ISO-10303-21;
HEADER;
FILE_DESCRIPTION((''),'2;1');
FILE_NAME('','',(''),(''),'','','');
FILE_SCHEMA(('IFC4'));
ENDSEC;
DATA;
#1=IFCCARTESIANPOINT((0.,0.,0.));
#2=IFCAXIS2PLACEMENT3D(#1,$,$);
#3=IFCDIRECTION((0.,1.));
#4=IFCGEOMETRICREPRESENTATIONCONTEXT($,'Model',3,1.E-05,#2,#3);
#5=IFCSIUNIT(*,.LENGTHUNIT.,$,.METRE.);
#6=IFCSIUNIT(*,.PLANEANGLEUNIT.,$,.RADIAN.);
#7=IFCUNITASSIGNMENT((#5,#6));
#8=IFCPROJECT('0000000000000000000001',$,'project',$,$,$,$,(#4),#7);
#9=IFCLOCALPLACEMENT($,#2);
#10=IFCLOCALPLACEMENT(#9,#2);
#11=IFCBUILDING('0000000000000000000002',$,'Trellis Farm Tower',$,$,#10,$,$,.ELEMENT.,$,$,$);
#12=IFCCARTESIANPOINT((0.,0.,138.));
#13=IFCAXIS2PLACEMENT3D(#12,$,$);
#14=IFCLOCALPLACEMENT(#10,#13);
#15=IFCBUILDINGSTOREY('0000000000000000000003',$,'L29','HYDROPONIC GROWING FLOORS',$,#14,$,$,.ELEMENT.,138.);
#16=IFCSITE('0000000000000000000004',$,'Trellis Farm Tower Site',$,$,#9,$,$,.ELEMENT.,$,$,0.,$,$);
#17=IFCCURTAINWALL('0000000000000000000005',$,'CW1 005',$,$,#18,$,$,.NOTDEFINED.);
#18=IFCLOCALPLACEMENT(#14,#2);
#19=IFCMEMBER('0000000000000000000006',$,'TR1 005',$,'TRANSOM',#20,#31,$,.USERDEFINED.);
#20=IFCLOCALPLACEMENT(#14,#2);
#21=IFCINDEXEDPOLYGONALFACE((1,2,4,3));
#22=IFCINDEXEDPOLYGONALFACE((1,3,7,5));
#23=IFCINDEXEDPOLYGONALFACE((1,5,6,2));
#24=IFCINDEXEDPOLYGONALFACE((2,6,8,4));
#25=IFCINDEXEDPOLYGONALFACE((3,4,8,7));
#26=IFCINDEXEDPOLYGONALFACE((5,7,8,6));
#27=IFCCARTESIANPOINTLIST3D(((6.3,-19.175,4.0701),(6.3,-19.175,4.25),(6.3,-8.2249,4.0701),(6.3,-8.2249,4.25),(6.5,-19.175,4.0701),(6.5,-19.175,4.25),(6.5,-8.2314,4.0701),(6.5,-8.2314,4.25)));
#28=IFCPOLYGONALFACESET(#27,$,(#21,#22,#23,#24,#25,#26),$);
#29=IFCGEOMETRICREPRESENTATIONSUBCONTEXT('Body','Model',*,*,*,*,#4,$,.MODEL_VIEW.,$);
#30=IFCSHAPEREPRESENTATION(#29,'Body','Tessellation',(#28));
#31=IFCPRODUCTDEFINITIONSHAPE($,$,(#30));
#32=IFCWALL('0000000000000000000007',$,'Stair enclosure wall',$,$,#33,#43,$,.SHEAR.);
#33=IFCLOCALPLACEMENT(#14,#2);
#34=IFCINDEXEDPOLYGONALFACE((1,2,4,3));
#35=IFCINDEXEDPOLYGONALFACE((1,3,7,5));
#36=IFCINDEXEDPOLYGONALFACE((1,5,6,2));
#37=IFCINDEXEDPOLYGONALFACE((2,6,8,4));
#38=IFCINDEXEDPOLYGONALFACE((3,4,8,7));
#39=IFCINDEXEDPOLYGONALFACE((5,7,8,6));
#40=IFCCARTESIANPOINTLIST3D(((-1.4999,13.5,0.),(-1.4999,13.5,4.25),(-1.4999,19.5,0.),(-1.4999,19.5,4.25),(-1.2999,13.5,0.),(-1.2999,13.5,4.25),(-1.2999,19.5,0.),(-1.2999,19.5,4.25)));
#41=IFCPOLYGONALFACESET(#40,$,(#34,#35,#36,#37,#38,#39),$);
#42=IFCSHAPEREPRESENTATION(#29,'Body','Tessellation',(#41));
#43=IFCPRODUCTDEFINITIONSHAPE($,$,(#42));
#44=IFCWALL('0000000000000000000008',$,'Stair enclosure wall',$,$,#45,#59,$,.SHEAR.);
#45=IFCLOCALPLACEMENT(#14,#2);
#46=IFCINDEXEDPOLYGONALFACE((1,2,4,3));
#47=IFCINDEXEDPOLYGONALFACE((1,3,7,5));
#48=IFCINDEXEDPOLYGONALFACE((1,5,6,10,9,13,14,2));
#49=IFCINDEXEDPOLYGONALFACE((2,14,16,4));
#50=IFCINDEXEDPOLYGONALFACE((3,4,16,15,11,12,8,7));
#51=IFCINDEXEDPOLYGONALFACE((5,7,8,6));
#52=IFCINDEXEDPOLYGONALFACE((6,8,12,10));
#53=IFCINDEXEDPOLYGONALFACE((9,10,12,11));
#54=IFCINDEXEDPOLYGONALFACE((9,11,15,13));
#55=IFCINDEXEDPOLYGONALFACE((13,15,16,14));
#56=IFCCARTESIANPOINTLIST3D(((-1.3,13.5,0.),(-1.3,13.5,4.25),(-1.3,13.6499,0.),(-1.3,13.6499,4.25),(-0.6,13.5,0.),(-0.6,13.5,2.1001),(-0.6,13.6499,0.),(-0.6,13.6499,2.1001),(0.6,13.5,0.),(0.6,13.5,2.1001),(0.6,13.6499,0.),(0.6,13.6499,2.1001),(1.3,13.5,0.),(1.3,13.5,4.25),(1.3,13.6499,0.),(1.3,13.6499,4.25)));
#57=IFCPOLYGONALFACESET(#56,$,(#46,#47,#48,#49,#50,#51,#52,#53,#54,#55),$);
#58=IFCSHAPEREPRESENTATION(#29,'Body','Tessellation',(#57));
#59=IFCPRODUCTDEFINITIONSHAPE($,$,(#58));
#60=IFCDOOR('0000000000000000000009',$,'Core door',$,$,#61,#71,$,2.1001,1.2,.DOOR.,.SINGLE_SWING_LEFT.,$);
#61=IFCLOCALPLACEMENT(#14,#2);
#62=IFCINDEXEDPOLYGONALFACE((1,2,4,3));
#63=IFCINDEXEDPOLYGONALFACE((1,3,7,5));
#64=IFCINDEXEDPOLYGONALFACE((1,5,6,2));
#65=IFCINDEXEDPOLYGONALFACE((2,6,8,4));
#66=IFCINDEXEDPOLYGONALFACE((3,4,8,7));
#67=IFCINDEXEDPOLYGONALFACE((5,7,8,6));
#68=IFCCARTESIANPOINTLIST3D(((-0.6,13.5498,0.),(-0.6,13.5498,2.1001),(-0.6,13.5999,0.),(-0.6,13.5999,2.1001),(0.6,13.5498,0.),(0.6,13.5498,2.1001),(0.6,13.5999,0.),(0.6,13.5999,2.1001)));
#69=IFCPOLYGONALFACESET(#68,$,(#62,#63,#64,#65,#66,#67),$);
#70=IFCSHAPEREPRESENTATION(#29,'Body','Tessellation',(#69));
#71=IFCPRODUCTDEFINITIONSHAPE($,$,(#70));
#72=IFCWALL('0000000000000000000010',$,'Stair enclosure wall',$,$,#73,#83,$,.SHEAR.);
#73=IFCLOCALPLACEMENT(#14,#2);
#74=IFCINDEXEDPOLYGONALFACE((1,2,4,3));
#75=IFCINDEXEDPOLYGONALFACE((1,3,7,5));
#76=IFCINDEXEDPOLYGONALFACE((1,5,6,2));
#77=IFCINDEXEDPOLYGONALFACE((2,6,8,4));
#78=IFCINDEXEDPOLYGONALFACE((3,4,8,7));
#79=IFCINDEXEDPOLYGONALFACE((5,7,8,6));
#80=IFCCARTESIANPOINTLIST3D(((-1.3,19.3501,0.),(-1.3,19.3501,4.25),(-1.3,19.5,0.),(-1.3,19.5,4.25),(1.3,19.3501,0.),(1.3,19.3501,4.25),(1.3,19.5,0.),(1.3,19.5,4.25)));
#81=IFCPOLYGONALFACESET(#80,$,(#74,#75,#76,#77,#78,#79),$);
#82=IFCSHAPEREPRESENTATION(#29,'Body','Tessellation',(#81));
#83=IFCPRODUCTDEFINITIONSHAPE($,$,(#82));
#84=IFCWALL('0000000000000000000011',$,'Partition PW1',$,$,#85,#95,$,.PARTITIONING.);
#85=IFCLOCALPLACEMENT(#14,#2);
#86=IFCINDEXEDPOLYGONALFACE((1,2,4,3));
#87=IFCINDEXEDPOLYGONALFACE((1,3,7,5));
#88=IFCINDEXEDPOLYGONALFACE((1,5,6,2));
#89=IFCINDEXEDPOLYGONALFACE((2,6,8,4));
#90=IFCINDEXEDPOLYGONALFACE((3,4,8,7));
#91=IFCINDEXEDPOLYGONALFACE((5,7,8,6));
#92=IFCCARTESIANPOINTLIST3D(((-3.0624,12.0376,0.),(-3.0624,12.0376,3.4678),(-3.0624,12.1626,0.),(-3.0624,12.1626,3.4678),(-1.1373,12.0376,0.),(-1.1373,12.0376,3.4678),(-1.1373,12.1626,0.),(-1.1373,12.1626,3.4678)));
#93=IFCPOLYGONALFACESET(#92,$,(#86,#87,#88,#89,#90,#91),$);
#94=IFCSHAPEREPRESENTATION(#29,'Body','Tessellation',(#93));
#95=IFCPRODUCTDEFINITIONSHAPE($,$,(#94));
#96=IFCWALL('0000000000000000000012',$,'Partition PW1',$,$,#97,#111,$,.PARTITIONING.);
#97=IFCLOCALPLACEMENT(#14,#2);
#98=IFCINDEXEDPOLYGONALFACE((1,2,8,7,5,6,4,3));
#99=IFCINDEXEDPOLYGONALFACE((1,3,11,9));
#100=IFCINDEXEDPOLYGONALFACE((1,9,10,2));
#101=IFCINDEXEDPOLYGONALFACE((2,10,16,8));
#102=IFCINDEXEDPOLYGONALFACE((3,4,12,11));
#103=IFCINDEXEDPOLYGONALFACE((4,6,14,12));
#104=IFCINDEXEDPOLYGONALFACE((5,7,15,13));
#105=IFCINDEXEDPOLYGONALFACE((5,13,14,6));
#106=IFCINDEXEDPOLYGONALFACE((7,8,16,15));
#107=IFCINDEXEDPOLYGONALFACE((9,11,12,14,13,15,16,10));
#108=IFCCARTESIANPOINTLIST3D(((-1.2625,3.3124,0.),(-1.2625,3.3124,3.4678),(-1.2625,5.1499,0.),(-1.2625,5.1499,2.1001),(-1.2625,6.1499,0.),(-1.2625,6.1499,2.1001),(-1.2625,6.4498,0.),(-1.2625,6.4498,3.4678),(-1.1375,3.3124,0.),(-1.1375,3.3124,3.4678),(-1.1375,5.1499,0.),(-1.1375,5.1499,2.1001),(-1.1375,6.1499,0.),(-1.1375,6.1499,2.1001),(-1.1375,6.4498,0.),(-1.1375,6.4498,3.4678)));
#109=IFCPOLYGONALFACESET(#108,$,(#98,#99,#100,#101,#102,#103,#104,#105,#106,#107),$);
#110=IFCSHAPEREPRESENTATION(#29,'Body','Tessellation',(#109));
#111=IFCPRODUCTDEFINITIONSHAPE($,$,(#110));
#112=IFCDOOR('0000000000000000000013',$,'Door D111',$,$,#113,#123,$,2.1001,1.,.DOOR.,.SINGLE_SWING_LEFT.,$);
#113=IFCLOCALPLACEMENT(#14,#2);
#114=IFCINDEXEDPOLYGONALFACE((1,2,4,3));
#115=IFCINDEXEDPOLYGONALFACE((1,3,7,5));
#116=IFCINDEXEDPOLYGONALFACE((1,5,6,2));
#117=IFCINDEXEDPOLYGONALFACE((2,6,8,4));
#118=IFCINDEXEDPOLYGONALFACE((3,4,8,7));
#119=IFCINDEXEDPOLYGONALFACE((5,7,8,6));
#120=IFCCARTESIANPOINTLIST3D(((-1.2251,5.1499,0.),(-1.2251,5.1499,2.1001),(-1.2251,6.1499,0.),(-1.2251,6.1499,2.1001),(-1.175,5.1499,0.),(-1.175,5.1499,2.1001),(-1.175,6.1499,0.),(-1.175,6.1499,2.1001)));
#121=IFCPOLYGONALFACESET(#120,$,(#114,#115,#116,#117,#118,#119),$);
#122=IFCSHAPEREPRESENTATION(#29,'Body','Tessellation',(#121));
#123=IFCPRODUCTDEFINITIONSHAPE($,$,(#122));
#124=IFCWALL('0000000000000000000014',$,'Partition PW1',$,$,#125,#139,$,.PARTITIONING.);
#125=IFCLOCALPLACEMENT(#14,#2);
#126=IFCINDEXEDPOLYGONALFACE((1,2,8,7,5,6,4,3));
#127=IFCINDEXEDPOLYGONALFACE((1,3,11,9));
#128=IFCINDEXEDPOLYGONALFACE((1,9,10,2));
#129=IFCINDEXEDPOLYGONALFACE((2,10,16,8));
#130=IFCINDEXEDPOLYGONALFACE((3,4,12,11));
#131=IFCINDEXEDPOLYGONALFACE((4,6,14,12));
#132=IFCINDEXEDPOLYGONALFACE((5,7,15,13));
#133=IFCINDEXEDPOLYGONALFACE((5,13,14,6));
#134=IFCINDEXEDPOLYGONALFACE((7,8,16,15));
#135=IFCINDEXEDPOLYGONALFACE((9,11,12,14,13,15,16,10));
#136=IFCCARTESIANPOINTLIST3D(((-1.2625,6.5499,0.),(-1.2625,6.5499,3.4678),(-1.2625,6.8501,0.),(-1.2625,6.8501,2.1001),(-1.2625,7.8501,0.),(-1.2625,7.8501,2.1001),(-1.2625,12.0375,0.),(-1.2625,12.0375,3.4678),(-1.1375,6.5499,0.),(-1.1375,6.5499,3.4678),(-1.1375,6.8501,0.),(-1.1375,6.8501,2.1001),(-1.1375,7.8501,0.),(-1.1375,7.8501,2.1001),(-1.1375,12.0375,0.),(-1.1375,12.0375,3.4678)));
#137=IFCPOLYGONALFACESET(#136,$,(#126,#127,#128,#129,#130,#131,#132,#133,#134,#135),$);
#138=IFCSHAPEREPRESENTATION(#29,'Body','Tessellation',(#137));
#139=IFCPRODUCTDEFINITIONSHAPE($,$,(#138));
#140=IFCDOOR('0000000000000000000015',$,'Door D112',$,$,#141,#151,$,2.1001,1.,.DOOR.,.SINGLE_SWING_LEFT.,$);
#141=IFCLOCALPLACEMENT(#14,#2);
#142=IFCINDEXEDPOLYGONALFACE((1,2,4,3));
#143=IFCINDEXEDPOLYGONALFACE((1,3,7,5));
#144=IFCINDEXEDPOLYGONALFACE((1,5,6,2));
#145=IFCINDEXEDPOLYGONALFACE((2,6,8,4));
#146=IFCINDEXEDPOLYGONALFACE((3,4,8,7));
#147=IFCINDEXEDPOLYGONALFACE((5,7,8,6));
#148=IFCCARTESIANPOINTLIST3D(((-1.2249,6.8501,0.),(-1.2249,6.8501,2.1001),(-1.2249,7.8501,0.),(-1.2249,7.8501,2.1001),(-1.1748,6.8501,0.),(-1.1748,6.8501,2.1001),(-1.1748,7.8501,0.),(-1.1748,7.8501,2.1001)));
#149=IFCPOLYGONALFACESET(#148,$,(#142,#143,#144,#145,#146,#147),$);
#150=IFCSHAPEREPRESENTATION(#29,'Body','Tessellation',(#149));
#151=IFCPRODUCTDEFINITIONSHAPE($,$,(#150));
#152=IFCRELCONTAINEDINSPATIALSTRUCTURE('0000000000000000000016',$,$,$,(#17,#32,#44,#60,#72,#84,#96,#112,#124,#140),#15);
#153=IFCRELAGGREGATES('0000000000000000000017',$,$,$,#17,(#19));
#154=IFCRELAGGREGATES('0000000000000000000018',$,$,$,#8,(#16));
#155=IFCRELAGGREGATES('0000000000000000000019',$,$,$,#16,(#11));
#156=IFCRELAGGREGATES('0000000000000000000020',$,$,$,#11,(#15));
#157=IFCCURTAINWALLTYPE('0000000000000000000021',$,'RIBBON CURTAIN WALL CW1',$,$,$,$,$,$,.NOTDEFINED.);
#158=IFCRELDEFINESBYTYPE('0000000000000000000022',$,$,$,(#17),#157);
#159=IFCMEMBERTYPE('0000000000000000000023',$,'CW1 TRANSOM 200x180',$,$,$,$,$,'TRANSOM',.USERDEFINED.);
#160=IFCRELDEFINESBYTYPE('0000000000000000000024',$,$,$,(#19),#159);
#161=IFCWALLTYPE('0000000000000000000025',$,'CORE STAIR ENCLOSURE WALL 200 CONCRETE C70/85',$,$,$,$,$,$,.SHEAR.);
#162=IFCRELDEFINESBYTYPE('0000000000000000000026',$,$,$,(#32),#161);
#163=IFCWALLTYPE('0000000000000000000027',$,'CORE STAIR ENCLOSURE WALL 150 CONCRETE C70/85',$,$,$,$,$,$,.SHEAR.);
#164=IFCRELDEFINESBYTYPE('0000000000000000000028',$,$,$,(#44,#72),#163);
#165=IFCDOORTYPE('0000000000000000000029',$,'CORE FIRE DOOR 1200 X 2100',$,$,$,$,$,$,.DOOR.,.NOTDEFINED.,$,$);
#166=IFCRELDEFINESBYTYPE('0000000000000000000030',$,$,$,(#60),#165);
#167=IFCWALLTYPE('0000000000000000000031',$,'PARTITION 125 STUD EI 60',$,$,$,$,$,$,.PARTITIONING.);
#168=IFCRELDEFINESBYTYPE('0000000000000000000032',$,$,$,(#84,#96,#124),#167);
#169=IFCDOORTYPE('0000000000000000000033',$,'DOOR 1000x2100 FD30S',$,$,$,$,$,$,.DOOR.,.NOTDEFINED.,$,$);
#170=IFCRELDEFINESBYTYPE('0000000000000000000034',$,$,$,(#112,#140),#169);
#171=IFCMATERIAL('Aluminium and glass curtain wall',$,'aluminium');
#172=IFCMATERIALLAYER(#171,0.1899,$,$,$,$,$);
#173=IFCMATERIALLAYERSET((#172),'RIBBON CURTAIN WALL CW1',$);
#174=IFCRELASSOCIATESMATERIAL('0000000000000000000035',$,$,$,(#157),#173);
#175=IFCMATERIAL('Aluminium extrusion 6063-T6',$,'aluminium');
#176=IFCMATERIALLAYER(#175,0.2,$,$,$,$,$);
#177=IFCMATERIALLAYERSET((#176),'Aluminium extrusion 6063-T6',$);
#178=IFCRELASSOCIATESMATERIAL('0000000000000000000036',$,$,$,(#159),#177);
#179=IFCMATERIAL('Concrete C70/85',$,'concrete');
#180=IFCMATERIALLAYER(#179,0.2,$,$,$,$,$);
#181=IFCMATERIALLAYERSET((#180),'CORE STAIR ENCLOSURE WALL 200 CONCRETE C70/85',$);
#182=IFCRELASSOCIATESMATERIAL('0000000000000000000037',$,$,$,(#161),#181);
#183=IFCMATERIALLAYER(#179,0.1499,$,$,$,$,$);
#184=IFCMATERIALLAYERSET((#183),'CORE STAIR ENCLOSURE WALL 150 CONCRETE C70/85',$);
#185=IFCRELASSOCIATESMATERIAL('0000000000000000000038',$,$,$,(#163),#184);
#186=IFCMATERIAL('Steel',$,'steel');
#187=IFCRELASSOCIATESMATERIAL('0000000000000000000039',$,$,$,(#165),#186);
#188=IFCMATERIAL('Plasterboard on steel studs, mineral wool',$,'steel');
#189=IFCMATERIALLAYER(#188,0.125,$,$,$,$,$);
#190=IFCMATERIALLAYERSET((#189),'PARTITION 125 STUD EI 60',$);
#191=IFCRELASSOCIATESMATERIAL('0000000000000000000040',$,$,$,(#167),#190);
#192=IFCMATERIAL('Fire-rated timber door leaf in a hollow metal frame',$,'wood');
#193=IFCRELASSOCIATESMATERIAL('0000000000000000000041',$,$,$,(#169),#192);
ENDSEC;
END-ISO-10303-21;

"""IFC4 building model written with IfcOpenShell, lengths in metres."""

from ifc_helpers import new_model, si_unit, direction, frame, frame_2d, origin, place, context, subcontext, project, spatial, polyline, rectangle, outline, extrude, source, transform, mapped, material, layer, layer_set, type_object, element, fill, aggregate, save


model = new_model("IFC4")

# Units and contexts
model_context = context("Model", 3, precision=1e-05, world=origin(), true_north=direction((0.0, 1.0)))
body_context = subcontext(model_context, "Body", "Model", "MODEL_VIEW")
ifc_project = project(units=[si_unit("LENGTHUNIT", "METRE"), si_unit("PLANEANGLEUNIT", "RADIAN")], contexts=[model_context])

# Site, building, storey
site_placement = place(None, origin())
site = spatial("IfcSite", under=ifc_project, at=site_placement, Name="Trellis Farm Tower Site", CompositionType="ELEMENT", RefElevation=0.0)
building_placement = place(site_placement, origin())
building = spatial("IfcBuilding", under=site, at=building_placement, Name="Trellis Farm Tower", CompositionType="ELEMENT")
storey_placement = place(building_placement, frame((0.0, 0.0, 138.0)))
storey = spatial("IfcBuildingStorey", under=building, at=storey_placement, Name="L29", Description="HYDROPONIC GROWING FLOORS", CompositionType="ELEMENT", Elevation=138.0)

# Curtain wall, member
ifc_material_1 = material(Name="Aluminium and glass curtain wall", Category="aluminium")
ifc_layer_1 = layer(ifc_material_1, 0.1899)
ifc_layer_set_1 = layer_set([ifc_layer_1], Name="RIBBON CURTAIN WALL CW1")
curtain_wall_type = type_object("IfcCurtainWallType", Name="RIBBON CURTAIN WALL CW1", PredefinedType="NOTDEFINED", material=ifc_layer_set_1)
placement = place(storey_placement, origin())
curtain_wall = element("IfcCurtainWall", 1, at=placement, inside=storey, type_object=curtain_wall_type, Name="CW1 005", PredefinedType="NOTDEFINED")
ifc_material_2 = material(Name="Aluminium extrusion 6063-T6", Category="aluminium")
ifc_layer_2 = layer(ifc_material_2, 0.2)
ifc_layer_set_2 = layer_set([ifc_layer_2], Name="Aluminium extrusion 6063-T6")
member_type = type_object("IfcMemberType", Name="CW1 TRANSOM 200x180", ElementType="TRANSOM", PredefinedType="USERDEFINED", material=ifc_layer_set_2)
shared_shape_1 = source(origin(), body_context, "Body", "SweptSolid", [
    extrude(outline(polyline([(6.5, -19.175), (6.5, -8.2314), (6.3, -8.2249), (6.3, -19.175), (6.5, -19.175)])), origin(), (0.0, 0.0, 1.0), 0.1799),
])
member_placement = place(storey_placement, frame((0.0, 0.0, 4.0701)))
member = element("IfcMember", 2, at=member_placement, type_object=member_type, Name="TR1 005", ObjectType="TRANSOM", PredefinedType="USERDEFINED", context=body_context, shape_type="MappedRepresentation", body=[
    mapped(shared_shape_1, transform((0.0, 0.0, 0.0))),
])
aggregate(curtain_wall, [member])

# Wall
ifc_material_3 = material(Name="Concrete C70/85", Category="concrete")
ifc_layer_3 = layer(ifc_material_3, 0.2)
ifc_layer_set_3 = layer_set([ifc_layer_3], Name="CORE STAIR ENCLOSURE WALL 200 CONCRETE C70/85")
wall_type_1 = type_object("IfcWallType", Name="CORE STAIR ENCLOSURE WALL 200 CONCRETE C70/85", PredefinedType="SHEAR", material=ifc_layer_set_3)
shared_shape_2 = source(origin(), body_context, "Body", "SweptSolid", [
    extrude(rectangle(XDim=6.0, YDim=0.2, at=frame_2d((3.0, 0.0))), origin(), (0.0, 0.0, 1.0), 4.25),
])
wall_1_placement = place(storey_placement, frame((-1.3999, 13.5, 0.0), z_axis=(0.0, 0.0, 1.0), x_axis=(0.0, 1.0, 0.0)))
element("IfcWall", 3, at=wall_1_placement, inside=storey, type_object=wall_type_1, Name="Stair enclosure wall", PredefinedType="SHEAR", context=body_context, shape_type="MappedRepresentation", body=[
    mapped(shared_shape_2, transform((0.0, 0.0, 0.0))),
])

# Wall, opening, door
ifc_layer_4 = layer(ifc_material_3, 0.1499)
ifc_layer_set_4 = layer_set([ifc_layer_4], Name="CORE STAIR ENCLOSURE WALL 150 CONCRETE C70/85")
wall_type_2 = type_object("IfcWallType", Name="CORE STAIR ENCLOSURE WALL 150 CONCRETE C70/85", PredefinedType="SHEAR", material=ifc_layer_set_4)
shared_shape_3 = source(origin(), body_context, "Body", "SweptSolid", [
    extrude(rectangle(XDim=2.6001, YDim=0.1499, at=frame_2d((1.3, 0.0))), origin(), (0.0, 0.0, 1.0), 4.25),
])
wall_2_placement = place(storey_placement, frame((-1.3, 13.575, 0.0), z_axis=(0.0, 0.0, 1.0), x_axis=(1.0, 0.0, 0.0)))
wall_2 = element("IfcWall", 4, at=wall_2_placement, inside=storey, type_object=wall_type_2, Name="Stair enclosure wall", PredefinedType="SHEAR", context=body_context, shape_type="MappedRepresentation", body=[
    mapped(shared_shape_3, transform((0.0, 0.0, 0.0))),
])
shared_shape_4 = source(origin(), body_context, "Body", "SweptSolid", [
    extrude(rectangle(XDim=1.2, YDim=2.1001, at=frame_2d((0.6001, 1.05))), frame((0.0, 0.085, 0.0), z_axis=(0.0, -1.0, 0.0), x_axis=(1.0, 0.0, 0.0)), (0.0, 0.0, 1.0), 0.1699),
])
opening_1_placement = place(wall_2_placement, frame((0.7, 0.0, 0.0)))
opening_1 = element("IfcOpeningElement", 5, at=opening_1_placement, cuts=wall_2, PredefinedType="OPENING", context=body_context, shape_type="MappedRepresentation", body=[
    mapped(shared_shape_4, transform((0.0, 0.0, 0.0))),
])
ifc_material_4 = material(Name="Steel", Category="steel")
door_type_1 = type_object("IfcDoorType", Name="CORE FIRE DOOR 1200 X 2100", OperationType="NOTDEFINED", PredefinedType="DOOR", material=ifc_material_4)
shared_shape_5 = source(origin(), body_context, "Body", "SweptSolid", [
    extrude(rectangle(XDim=1.2, YDim=2.1001, at=frame_2d((0.6001, 1.05))), frame((0.0, 0.0249, 0.0), z_axis=(0.0, -1.0, 0.0), x_axis=(1.0, 0.0, 0.0)), (0.0, 0.0, 1.0), 0.05),
])
door_1_placement = place(opening_1_placement, origin())
door_1 = element("IfcDoor", 6, at=door_1_placement, inside=storey, type_object=door_type_1, Name="Core door", OperationType="SINGLE_SWING_LEFT", OverallHeight=2.1001, OverallWidth=1.2, PredefinedType="DOOR", context=body_context, shape_type="MappedRepresentation", body=[
    mapped(shared_shape_5, transform((0.0, 0.0, 0.0))),
])
fill(opening_1, door_1)

# Walls
wall_3_placement = place(storey_placement, frame((-1.3, 19.425, 0.0), z_axis=(0.0, 0.0, 1.0), x_axis=(1.0, 0.0, 0.0)))
element("IfcWall", 7, at=wall_3_placement, inside=storey, type_object=wall_type_2, Name="Stair enclosure wall", PredefinedType="SHEAR", context=body_context, shape_type="MappedRepresentation", body=[
    mapped(shared_shape_3, transform((0.0, 0.0, 0.0))),
])
ifc_material_5 = material(Name="Plasterboard on steel studs, mineral wool", Category="steel")
ifc_layer_5 = layer(ifc_material_5, 0.125)
ifc_layer_set_5 = layer_set([ifc_layer_5], Name="PARTITION 125 STUD EI 60")
wall_type_3 = type_object("IfcWallType", Name="PARTITION 125 STUD EI 60", PredefinedType="PARTITIONING", material=ifc_layer_set_5)
shared_shape_6 = source(origin(), body_context, "Body", "SweptSolid", [
    extrude(rectangle(XDim=1.925, YDim=0.125, at=frame_2d((0.9624, 0.0))), origin(), (0.0, 0.0, 1.0), 3.4678),
])
wall_4_placement = place(storey_placement, frame((-1.1375, 12.1001, 0.0), z_axis=(0.0, 0.0, 1.0), x_axis=(-1.0, 0.0, 0.0)))
element("IfcWall", 8, at=wall_4_placement, inside=storey, type_object=wall_type_3, Name="Partition PW1", PredefinedType="PARTITIONING", context=body_context, shape_type="MappedRepresentation", body=[
    mapped(shared_shape_6, transform((0.0, 0.0, 0.0))),
])

# Walls, openings, doors
shared_shape_7 = source(origin(), body_context, "Body", "SweptSolid", [
    extrude(rectangle(XDim=3.1375, YDim=0.125, at=frame_2d((1.5688, 0.0))), origin(), (0.0, 0.0, 1.0), 3.4678),
])
wall_5_placement = place(storey_placement, frame((-1.2, 6.45, 0.0), z_axis=(0.0, 0.0, 1.0), x_axis=(0.0, -1.0, 0.0)))
wall_5 = element("IfcWall", 9, at=wall_5_placement, inside=storey, type_object=wall_type_3, Name="Partition PW1", PredefinedType="PARTITIONING", context=body_context, shape_type="MappedRepresentation", body=[
    mapped(shared_shape_7, transform((0.0, 0.0, 0.0))),
])
shared_shape_8 = source(origin(), body_context, "Body", "SweptSolid", [
    extrude(rectangle(XDim=1.0, YDim=2.1001, at=frame_2d((0.5, 1.05))), frame((0.0, 0.0725, 0.0), z_axis=(0.0, -1.0, 0.0), x_axis=(1.0, 0.0, 0.0)), (0.0, 0.0, 1.0), 0.145),
])
opening_2_placement = place(wall_5_placement, frame((0.3, 0.0, 0.0)))
opening_2 = element("IfcOpeningElement", 10, at=opening_2_placement, cuts=wall_5, PredefinedType="OPENING", context=body_context, shape_type="MappedRepresentation", body=[
    mapped(shared_shape_8, transform((0.0, 0.0, 0.0))),
])
ifc_material_6 = material(Name="Fire-rated timber door leaf in a hollow metal frame", Category="wood")
door_type_2 = type_object("IfcDoorType", Name="DOOR 1000x2100 FD30S", OperationType="NOTDEFINED", PredefinedType="DOOR", material=ifc_material_6)
shared_shape_9 = source(origin(), body_context, "Body", "SweptSolid", [
    extrude(rectangle(XDim=1.0, YDim=2.1001, at=frame_2d((0.5, 1.05))), frame((0.0, 0.0249, 0.0), z_axis=(0.0, -1.0, 0.0), x_axis=(1.0, 0.0, 0.0)), (0.0, 0.0, 1.0), 0.05),
])
door_2_placement = place(opening_2_placement, origin())
door_2 = element("IfcDoor", 11, at=door_2_placement, inside=storey, type_object=door_type_2, Name="Door D111", OperationType="SINGLE_SWING_LEFT", OverallHeight=2.1001, OverallWidth=1.0, PredefinedType="DOOR", context=body_context, shape_type="MappedRepresentation", body=[
    mapped(shared_shape_9, transform((0.0, 0.0, 0.0))),
])
fill(opening_2, door_2)
shared_shape_10 = source(origin(), body_context, "Body", "SweptSolid", [
    extrude(rectangle(XDim=5.4875, YDim=0.125, at=frame_2d((2.7437, 0.0))), origin(), (0.0, 0.0, 1.0), 3.4678),
])
wall_6_placement = place(storey_placement, frame((-1.2, 6.55, 0.0), z_axis=(0.0, 0.0, 1.0), x_axis=(0.0, 1.0, 0.0)))
wall_6 = element("IfcWall", 12, at=wall_6_placement, inside=storey, type_object=wall_type_3, Name="Partition PW1", PredefinedType="PARTITIONING", context=body_context, shape_type="MappedRepresentation", body=[
    mapped(shared_shape_10, transform((0.0, 0.0, 0.0))),
])
opening_3_placement = place(wall_6_placement, frame((0.3, 0.0, 0.0)))
opening_3 = element("IfcOpeningElement", 13, at=opening_3_placement, cuts=wall_6, PredefinedType="OPENING", context=body_context, shape_type="MappedRepresentation", body=[
    mapped(shared_shape_8, transform((0.0, 0.0, 0.0))),
])
door_3_placement = place(opening_3_placement, origin())
door_3 = element("IfcDoor", 14, at=door_3_placement, inside=storey, type_object=door_type_2, Name="Door D112", OperationType="SINGLE_SWING_LEFT", OverallHeight=2.1001, OverallWidth=1.0, PredefinedType="DOOR", context=body_context, shape_type="MappedRepresentation", body=[
    mapped(shared_shape_9, transform((0.0, 0.0, 0.0))),
])
fill(opening_3, door_3)

save(model, "model.ifc")
